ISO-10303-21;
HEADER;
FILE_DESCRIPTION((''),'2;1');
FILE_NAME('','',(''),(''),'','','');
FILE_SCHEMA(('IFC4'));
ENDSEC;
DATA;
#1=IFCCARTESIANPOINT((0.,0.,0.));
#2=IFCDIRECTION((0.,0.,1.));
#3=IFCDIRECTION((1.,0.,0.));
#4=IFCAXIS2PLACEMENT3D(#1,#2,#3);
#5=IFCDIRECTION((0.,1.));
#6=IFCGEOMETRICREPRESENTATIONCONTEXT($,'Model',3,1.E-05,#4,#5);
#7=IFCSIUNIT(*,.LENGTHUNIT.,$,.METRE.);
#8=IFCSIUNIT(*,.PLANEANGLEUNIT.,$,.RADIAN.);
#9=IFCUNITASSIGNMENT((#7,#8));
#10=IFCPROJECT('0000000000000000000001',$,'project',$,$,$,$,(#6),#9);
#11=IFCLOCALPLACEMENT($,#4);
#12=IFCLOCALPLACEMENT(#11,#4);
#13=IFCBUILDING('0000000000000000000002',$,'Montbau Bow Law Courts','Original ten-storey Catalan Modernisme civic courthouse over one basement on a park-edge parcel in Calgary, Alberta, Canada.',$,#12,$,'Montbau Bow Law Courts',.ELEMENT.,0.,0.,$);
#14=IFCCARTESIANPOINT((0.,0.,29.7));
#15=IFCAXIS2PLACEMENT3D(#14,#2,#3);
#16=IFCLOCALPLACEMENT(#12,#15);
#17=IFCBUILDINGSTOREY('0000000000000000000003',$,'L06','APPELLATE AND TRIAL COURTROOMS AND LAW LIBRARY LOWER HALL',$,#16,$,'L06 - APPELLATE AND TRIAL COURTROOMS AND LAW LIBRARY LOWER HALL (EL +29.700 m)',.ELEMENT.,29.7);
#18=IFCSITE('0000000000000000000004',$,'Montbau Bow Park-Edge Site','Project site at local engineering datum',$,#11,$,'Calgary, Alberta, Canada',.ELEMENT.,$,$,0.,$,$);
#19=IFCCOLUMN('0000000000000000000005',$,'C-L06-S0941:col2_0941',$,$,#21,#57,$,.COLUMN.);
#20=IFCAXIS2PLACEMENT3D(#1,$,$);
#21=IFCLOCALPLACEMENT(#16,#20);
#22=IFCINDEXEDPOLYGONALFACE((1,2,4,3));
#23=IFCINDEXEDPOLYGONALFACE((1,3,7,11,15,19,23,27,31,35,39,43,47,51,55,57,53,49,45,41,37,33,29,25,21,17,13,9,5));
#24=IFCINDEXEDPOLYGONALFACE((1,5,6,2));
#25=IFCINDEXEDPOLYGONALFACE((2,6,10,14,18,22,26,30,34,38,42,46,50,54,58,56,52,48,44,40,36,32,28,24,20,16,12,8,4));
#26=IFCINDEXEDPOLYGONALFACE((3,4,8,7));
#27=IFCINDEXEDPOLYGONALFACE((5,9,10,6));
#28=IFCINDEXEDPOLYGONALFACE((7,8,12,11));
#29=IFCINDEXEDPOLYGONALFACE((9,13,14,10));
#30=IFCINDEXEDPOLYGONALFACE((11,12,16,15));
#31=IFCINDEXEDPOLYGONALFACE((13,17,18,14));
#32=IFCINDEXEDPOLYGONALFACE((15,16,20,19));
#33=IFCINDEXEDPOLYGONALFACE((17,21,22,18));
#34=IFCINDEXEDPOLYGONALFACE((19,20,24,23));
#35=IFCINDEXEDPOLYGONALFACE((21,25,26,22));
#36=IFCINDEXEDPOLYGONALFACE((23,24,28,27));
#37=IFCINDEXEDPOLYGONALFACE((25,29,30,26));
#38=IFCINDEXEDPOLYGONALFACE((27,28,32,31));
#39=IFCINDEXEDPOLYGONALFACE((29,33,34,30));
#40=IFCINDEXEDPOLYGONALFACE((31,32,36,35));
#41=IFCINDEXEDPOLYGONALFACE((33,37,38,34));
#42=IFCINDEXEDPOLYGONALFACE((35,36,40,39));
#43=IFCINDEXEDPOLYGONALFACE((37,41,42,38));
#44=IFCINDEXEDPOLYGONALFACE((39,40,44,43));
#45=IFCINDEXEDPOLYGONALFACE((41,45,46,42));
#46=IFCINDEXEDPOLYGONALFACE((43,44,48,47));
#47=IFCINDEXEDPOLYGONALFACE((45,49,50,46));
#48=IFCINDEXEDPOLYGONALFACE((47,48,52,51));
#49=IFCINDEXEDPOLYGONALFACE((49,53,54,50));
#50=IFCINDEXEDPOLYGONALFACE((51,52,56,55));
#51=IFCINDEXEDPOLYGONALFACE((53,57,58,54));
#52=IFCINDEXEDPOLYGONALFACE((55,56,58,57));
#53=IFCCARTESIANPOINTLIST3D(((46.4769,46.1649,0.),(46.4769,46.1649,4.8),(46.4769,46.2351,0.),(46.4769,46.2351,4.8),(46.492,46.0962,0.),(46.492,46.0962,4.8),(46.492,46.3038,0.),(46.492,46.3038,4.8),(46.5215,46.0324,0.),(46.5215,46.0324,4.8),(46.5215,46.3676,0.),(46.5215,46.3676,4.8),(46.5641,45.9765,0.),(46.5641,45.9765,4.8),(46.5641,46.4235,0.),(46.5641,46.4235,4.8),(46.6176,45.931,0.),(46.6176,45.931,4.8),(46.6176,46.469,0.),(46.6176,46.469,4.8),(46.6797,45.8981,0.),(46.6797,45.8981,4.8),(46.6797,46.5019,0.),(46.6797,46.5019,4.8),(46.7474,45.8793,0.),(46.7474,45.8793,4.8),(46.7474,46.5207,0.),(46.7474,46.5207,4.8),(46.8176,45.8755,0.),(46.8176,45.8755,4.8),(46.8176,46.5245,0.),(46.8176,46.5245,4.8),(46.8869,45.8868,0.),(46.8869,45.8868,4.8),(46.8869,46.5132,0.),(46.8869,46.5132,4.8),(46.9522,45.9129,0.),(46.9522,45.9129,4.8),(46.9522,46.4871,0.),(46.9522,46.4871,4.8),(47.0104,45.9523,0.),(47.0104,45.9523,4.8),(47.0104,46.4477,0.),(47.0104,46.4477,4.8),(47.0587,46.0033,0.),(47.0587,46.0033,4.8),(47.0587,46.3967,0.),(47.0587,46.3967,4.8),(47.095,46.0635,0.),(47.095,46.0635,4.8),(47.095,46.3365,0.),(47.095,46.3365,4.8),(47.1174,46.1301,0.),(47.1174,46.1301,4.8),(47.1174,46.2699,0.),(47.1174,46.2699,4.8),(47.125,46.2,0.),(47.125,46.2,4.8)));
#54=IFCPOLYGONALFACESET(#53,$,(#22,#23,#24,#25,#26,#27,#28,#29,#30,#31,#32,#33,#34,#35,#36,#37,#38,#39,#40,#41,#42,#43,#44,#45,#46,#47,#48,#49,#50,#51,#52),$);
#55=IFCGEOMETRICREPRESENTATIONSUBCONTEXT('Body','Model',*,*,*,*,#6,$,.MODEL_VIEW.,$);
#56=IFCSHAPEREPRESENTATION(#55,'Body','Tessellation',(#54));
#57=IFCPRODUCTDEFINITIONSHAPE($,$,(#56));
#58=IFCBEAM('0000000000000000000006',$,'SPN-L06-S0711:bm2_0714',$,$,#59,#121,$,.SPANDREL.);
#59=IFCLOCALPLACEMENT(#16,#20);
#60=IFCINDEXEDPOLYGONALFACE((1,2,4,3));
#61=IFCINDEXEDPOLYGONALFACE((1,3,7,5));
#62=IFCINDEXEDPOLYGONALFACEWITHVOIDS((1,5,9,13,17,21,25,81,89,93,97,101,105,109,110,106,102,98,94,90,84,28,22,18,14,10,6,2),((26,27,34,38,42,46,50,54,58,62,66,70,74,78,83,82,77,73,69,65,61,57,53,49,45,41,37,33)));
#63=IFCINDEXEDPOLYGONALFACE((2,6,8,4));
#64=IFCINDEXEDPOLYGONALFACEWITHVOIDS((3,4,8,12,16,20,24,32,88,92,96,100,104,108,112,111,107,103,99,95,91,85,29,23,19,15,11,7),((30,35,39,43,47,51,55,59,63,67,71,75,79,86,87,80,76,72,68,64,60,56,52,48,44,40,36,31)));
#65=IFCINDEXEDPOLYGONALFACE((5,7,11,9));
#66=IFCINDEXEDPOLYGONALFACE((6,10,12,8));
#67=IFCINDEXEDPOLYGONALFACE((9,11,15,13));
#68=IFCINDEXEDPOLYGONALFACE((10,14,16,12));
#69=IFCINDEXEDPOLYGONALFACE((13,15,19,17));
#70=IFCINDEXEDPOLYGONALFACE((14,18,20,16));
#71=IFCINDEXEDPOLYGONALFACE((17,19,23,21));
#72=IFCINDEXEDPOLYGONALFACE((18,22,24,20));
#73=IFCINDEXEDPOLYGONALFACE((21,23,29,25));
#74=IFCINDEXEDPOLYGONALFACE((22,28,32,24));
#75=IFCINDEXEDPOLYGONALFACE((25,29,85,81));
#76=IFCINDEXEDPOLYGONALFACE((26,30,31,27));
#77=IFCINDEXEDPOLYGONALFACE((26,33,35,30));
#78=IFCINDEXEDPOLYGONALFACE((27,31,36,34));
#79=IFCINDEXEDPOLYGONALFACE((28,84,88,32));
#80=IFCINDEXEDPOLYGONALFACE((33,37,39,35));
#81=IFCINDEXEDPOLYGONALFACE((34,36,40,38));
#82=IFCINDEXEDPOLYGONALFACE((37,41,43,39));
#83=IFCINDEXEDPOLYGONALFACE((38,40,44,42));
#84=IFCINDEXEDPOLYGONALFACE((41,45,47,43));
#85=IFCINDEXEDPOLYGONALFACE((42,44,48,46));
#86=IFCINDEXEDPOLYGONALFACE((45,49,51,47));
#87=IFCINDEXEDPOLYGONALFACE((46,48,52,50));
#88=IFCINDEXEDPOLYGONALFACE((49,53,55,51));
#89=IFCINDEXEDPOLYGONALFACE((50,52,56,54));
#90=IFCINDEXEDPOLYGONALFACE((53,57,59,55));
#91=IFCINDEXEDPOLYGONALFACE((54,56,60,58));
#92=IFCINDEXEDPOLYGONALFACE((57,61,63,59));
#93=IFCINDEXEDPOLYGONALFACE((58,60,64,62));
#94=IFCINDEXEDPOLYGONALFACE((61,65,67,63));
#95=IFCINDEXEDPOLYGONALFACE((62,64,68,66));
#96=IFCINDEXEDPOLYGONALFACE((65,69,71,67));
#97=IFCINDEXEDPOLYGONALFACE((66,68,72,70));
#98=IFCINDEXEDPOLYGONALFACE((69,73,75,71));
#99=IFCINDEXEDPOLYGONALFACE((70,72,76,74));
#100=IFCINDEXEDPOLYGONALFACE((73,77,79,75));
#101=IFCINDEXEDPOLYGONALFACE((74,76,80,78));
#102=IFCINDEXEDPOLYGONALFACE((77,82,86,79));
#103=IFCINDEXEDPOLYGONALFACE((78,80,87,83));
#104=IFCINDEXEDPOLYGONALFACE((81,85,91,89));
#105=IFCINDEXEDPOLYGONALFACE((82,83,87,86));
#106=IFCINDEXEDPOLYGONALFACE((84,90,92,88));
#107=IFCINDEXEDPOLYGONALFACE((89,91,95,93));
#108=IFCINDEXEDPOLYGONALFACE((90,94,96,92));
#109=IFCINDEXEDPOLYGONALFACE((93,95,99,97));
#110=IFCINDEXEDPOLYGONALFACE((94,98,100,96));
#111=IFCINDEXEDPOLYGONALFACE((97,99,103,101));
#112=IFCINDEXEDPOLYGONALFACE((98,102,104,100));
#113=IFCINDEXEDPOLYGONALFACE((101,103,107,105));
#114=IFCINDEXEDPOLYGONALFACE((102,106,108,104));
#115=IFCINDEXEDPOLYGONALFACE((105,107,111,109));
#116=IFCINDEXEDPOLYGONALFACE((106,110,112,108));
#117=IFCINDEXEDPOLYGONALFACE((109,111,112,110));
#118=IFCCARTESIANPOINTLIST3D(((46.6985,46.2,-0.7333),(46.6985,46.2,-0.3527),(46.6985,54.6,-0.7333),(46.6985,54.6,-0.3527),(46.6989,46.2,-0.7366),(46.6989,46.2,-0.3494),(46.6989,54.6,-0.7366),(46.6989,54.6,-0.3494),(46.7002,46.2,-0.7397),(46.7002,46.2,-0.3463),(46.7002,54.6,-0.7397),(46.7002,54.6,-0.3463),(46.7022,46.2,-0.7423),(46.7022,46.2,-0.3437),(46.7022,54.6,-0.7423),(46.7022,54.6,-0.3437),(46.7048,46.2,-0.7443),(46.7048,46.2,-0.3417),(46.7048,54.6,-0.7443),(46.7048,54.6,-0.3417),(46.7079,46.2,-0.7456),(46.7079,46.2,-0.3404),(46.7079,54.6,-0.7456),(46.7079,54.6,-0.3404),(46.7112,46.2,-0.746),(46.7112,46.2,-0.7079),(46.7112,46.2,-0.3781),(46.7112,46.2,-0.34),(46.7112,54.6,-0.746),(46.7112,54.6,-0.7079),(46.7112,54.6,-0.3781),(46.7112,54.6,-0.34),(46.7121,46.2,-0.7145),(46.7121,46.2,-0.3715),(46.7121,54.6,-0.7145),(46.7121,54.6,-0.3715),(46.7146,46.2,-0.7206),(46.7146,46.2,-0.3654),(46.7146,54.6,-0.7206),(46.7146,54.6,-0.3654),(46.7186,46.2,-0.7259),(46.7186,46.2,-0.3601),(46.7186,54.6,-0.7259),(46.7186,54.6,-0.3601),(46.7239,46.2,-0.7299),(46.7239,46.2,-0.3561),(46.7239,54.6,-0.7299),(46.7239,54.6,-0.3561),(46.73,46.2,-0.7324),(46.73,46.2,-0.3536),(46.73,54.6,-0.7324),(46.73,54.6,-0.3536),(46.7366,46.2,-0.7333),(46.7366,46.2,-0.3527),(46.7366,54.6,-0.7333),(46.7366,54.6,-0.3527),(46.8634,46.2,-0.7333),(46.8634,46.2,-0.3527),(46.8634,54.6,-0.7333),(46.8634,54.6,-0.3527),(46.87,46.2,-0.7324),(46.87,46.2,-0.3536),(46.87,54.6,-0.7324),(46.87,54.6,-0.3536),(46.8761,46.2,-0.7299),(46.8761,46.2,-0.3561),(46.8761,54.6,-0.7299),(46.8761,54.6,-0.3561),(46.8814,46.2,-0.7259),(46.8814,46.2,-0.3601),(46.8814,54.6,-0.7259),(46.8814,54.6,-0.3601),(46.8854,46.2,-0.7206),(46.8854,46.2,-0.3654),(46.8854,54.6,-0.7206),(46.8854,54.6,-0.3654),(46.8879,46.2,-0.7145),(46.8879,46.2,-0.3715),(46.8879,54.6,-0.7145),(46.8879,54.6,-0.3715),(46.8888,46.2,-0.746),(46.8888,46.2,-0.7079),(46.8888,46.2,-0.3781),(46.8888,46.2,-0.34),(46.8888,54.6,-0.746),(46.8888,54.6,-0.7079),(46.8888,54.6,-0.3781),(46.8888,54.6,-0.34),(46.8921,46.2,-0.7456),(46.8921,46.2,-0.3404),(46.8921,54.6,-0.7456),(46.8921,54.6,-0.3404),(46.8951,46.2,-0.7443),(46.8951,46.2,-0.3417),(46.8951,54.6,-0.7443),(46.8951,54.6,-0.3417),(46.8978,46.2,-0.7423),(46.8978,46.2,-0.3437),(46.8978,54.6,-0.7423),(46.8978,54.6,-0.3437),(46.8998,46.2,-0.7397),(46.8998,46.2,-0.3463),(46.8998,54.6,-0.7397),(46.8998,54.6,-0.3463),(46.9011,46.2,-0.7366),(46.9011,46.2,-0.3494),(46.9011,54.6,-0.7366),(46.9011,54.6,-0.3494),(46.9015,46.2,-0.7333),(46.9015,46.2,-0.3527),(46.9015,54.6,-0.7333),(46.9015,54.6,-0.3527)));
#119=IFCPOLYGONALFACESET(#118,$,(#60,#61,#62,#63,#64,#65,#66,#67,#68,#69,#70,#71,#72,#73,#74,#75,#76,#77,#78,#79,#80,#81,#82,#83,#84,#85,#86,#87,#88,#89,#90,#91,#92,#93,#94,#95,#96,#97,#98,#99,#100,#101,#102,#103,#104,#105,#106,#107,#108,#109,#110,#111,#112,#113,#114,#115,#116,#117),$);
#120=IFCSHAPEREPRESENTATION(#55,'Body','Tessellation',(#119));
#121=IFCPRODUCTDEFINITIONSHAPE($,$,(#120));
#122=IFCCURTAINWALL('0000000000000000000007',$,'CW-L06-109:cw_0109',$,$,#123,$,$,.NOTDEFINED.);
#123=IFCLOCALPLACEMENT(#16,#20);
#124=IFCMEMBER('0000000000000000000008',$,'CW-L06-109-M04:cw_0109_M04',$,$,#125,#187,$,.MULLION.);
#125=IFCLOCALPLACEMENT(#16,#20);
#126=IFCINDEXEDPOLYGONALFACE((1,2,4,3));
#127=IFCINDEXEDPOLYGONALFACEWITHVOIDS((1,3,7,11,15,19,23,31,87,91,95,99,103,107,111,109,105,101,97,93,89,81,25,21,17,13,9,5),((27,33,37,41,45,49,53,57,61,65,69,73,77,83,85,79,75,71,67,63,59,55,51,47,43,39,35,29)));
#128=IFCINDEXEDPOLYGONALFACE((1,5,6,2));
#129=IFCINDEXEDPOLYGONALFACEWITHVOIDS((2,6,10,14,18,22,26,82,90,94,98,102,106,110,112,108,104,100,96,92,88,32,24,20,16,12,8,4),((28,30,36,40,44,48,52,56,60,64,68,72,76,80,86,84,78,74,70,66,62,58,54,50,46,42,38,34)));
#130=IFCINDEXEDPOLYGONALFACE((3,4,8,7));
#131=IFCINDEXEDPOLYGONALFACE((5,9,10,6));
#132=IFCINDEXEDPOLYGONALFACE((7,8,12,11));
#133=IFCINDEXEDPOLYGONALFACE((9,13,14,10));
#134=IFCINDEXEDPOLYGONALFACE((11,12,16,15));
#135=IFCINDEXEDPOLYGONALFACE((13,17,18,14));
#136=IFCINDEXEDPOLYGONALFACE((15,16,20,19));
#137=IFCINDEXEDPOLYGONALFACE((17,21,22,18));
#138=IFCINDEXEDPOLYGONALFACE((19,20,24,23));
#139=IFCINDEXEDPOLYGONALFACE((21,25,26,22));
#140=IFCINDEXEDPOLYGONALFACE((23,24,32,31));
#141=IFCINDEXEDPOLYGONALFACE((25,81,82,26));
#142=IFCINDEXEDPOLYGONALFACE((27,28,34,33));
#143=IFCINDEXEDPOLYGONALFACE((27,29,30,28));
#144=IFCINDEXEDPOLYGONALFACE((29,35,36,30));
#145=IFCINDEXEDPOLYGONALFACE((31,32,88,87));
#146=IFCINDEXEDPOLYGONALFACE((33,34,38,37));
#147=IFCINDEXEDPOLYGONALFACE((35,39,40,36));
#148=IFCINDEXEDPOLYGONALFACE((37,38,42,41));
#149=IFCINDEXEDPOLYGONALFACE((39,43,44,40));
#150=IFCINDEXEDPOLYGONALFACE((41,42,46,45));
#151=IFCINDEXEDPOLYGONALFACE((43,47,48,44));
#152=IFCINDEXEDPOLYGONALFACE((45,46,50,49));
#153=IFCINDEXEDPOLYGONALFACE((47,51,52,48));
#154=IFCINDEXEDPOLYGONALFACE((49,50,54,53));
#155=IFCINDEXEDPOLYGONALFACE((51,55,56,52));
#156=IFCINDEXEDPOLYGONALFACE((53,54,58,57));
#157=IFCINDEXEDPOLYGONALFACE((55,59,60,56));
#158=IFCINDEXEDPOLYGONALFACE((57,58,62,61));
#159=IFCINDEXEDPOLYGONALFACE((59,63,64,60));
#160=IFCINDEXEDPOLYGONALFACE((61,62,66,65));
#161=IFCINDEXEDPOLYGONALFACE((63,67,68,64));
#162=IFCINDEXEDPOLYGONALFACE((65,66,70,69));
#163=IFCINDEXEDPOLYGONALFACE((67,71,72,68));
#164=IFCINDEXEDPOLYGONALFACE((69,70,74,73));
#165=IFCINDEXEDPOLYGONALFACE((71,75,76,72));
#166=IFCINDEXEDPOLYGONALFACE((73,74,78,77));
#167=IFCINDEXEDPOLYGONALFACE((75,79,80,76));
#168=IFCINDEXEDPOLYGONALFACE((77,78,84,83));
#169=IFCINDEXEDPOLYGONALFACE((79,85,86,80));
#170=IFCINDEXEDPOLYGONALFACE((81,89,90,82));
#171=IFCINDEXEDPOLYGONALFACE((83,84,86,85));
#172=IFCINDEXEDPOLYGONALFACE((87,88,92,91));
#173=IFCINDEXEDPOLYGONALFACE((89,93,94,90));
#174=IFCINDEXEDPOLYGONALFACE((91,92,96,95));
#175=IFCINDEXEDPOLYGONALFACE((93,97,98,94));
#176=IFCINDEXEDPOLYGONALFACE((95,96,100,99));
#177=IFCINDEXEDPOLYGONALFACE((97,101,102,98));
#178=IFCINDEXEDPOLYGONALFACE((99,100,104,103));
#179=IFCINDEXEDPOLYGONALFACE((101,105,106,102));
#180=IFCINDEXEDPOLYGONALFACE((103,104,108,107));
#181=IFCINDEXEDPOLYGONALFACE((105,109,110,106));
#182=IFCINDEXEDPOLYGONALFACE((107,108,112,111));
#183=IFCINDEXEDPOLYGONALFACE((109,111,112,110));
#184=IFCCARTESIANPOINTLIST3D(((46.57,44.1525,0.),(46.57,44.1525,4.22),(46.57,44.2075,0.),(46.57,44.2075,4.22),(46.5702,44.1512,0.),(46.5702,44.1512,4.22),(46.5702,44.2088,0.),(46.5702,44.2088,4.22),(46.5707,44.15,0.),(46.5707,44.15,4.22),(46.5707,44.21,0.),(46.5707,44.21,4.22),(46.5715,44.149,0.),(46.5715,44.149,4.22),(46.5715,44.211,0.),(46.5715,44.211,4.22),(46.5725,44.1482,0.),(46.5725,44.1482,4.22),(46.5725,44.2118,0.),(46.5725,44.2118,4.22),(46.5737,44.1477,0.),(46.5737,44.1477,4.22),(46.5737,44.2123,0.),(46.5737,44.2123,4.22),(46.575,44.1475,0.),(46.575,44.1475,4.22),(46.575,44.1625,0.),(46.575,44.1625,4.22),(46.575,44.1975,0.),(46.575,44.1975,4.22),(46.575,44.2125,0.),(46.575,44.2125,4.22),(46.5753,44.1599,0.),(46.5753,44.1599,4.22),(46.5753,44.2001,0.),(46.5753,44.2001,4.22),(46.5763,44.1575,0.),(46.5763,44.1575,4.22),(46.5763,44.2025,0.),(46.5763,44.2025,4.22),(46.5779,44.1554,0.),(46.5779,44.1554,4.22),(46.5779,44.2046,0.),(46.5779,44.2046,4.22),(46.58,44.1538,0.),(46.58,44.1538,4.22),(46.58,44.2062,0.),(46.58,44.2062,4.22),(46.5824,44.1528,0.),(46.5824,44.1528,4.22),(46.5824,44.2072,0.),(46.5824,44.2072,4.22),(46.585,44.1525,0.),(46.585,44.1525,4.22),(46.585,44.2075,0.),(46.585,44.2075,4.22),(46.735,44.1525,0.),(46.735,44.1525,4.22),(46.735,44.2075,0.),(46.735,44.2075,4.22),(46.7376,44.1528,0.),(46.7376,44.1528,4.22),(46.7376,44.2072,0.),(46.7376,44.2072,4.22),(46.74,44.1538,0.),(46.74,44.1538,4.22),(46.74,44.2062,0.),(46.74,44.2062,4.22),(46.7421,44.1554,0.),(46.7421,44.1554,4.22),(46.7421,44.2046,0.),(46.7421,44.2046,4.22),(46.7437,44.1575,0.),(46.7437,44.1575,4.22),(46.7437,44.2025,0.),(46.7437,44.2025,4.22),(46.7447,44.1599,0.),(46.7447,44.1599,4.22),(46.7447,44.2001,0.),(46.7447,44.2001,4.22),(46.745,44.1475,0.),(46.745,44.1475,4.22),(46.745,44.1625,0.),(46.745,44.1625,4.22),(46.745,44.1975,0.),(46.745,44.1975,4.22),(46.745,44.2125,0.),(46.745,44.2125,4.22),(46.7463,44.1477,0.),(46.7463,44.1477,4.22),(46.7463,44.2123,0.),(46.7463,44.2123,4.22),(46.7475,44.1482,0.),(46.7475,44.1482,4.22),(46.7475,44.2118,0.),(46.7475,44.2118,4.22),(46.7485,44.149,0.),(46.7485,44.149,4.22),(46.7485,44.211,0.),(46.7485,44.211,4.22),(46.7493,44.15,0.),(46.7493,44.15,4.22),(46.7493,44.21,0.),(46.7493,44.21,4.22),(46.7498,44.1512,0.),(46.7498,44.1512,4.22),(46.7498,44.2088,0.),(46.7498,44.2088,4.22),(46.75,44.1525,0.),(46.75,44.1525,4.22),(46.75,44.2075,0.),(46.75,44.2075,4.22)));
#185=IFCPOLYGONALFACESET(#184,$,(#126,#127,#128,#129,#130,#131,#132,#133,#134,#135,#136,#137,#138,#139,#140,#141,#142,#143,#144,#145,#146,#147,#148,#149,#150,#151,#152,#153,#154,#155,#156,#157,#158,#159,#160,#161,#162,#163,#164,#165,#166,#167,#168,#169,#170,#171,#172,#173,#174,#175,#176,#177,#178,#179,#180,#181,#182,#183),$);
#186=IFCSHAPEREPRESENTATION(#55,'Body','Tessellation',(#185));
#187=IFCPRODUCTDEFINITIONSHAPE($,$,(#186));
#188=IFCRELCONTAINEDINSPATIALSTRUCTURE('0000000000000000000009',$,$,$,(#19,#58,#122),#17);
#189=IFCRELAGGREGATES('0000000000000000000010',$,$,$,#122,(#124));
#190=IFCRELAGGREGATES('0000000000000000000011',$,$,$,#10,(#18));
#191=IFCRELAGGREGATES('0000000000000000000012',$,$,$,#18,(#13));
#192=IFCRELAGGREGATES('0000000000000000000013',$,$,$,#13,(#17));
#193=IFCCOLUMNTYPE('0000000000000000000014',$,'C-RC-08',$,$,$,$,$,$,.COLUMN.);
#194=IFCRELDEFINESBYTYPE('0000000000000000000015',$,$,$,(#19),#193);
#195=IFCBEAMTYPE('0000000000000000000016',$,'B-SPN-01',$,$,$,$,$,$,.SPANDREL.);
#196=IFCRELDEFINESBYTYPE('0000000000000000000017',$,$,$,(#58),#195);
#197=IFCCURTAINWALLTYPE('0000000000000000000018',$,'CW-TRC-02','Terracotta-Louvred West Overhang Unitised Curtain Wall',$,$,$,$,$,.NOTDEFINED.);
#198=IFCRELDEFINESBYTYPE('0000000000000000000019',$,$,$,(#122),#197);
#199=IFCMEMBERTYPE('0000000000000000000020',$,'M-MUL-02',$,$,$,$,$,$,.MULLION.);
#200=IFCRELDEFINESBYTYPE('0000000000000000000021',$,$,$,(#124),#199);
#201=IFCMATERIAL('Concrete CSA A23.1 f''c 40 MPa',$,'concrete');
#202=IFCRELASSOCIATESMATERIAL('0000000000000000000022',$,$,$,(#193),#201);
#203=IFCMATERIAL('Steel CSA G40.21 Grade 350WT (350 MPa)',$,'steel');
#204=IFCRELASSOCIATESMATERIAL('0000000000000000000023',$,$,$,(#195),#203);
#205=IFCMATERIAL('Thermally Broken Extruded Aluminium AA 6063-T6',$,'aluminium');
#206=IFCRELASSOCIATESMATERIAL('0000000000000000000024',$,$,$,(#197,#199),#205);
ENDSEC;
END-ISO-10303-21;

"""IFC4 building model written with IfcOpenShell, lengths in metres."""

from ifc_helpers import new_model, si_unit, direction, frame, origin_with_axes, origin_2d_with_axis, place, context, subcontext, project, spatial, hollow_rectangle, circle, extrude, material, material_profile, profile_set, type_object, element, aggregate, save


model = new_model("IFC4")

# Units and contexts
model_context = context("Model", 3, precision=1e-05, world=origin_with_axes(), true_north=direction((0.0, 1.0)))
body_context = subcontext(model_context, "Body", "Model", "MODEL_VIEW")
ifc_project = project(units=[si_unit("LENGTHUNIT", "METRE"), si_unit("PLANEANGLEUNIT", "RADIAN")], contexts=[model_context])

# Site, building, storey
site_placement = place(None, origin_with_axes())
site = spatial("IfcSite", under=ifc_project, at=site_placement, Name="Montbau Bow Park-Edge Site", Description="Project site at local engineering datum", LongName="Calgary, Alberta, Canada", CompositionType="ELEMENT", RefElevation=0.0)
building_placement = place(site_placement, origin_with_axes())
building = spatial("IfcBuilding", under=site, at=building_placement, Name="Montbau Bow Law Courts", Description="Original ten-storey Catalan Modernisme civic courthouse over one basement on a park-edge parcel in Calgary, Alberta, Canada.", LongName="Montbau Bow Law Courts", CompositionType="ELEMENT", ElevationOfRefHeight=0.0, ElevationOfTerrain=0.0)
storey_placement = place(building_placement, frame((0.0, 0.0, 29.7), z_axis=(0.0, 0.0, 1.0), x_axis=(1.0, 0.0, 0.0)))
storey = spatial("IfcBuildingStorey", under=building, at=storey_placement, Name="L06", Description="APPELLATE AND TRIAL COURTROOMS AND LAW LIBRARY LOWER HALL", LongName="L06 - APPELLATE AND TRIAL COURTROOMS AND LAW LIBRARY LOWER HALL (EL +29.700 m)", CompositionType="ELEMENT", Elevation=29.7)

# Column
ifc_material_1 = material(Name="Concrete CSA A23.1 f'c 40 MPa", Category="concrete")
ifc_material_profile_1 = material_profile(ifc_material_1, circle(Radius=0.325, at=origin_2d_with_axis()), Name="RC650D", Category="Main", Priority=0)
ifc_profile_set_1 = profile_set([ifc_material_profile_1], Name="Concrete CSA A23.1 f'c 40 MPa")
column_type = type_object("IfcColumnType", Name="C-RC-08", PredefinedType="COLUMN", material=ifc_profile_set_1)
column_placement = place(None, frame((46.8, 46.2, 29.7), z_axis=(0.0, 0.0, 1.0), x_axis=(1.0, 0.0, 0.0)))
element("IfcColumn", 1, at=column_placement, inside=storey, type_object=column_type, Name="C-L06-S0941:col2_0941", PredefinedType="COLUMN", context=body_context, shape_type="SweptSolid", body=[
    extrude(circle(Radius=0.325, at=origin_2d_with_axis()), origin_with_axes(), (0.0, 0.0, 1.0), 4.8),
])

# Beam
ifc_material_2 = material(Name="Steel CSA G40.21 Grade 350WT (350 MPa)", Category="steel")
ifc_material_profile_2 = material_profile(ifc_material_2, hollow_rectangle(XDim=0.203, YDim=0.406, WallThickness=0.0127, InnerFilletRadius=0.0254, OuterFilletRadius=0.0127, at=origin_2d_with_axis()), Name="HSS406X203X13", Category="Main", Priority=0)
ifc_profile_set_2 = profile_set([ifc_material_profile_2], Name="Steel CSA G40.21 Grade 350WT (350 MPa)")
beam_type = type_object("IfcBeamType", Name="B-SPN-01", PredefinedType="SPANDREL", material=ifc_profile_set_2)
beam_placement = place(None, frame((46.8, 46.2, 29.157), z_axis=(0.0, 1.0, 0.0), x_axis=(-1.0, 0.0, 0.0)))
element("IfcBeam", 2, at=beam_placement, inside=storey, type_object=beam_type, Name="SPN-L06-S0711:bm2_0714", PredefinedType="SPANDREL", context=body_context, shape_type="SweptSolid", body=[
    extrude(hollow_rectangle(XDim=0.203, YDim=0.406, WallThickness=0.0127, InnerFilletRadius=0.0254, OuterFilletRadius=0.0127, at=origin_2d_with_axis()), origin_with_axes(), (0.0, 0.0, 1.0), 8.4),
])

# Curtain wall, member
ifc_material_3 = material(Name="Thermally Broken Extruded Aluminium AA 6063-T6", Category="aluminium")
curtain_wall_type = type_object("IfcCurtainWallType", Name="CW-TRC-02", Description="Terracotta-Louvred West Overhang Unitised Curtain Wall", PredefinedType="NOTDEFINED", material=ifc_material_3)
curtain_wall_1_placement = place(None, frame((46.66, 39.44, 29.7), z_axis=(0.0, 0.0, 1.0), x_axis=(1.0, 0.0, 0.0)))
curtain_wall_1 = element("IfcCurtainWall", 3, at=curtain_wall_1_placement, inside=storey, type_object=curtain_wall_type, Name="CW-L06-109:cw_0109", PredefinedType="NOTDEFINED")
ifc_material_profile_3 = material_profile(ifc_material_3, hollow_rectangle(XDim=0.065, YDim=0.18, WallThickness=0.005, InnerFilletRadius=0.01, OuterFilletRadius=0.005, at=origin_2d_with_axis()), Name="CWM-180X65", Category="Main", Priority=0)
ifc_profile_set_3 = profile_set([ifc_material_profile_3], Name="Thermally Broken Extruded Aluminium AA 6063-T6")
member_type_1 = type_object("IfcMemberType", Name="M-MUL-02", PredefinedType="MULLION", material=ifc_profile_set_3)
member_1_placement = place(None, frame((46.66, 44.18, 29.7), z_axis=(0.0, 0.0, 1.0), x_axis=(0.0, 1.0, 0.0)))
member_1 = element("IfcMember", 4, at=member_1_placement, type_object=member_type_1, Name="CW-L06-109-M04:cw_0109_M04", PredefinedType="MULLION", context=body_context, shape_type="SweptSolid", body=[
    extrude(hollow_rectangle(XDim=0.065, YDim=0.18, WallThickness=0.005, InnerFilletRadius=0.01, OuterFilletRadius=0.005, at=origin_2d_with_axis()), origin_with_axes(), (0.0, 0.0, 1.0), 4.22),
])

aggregate(curtain_wall_1, [member_1])

save(model, "model.ifc")
